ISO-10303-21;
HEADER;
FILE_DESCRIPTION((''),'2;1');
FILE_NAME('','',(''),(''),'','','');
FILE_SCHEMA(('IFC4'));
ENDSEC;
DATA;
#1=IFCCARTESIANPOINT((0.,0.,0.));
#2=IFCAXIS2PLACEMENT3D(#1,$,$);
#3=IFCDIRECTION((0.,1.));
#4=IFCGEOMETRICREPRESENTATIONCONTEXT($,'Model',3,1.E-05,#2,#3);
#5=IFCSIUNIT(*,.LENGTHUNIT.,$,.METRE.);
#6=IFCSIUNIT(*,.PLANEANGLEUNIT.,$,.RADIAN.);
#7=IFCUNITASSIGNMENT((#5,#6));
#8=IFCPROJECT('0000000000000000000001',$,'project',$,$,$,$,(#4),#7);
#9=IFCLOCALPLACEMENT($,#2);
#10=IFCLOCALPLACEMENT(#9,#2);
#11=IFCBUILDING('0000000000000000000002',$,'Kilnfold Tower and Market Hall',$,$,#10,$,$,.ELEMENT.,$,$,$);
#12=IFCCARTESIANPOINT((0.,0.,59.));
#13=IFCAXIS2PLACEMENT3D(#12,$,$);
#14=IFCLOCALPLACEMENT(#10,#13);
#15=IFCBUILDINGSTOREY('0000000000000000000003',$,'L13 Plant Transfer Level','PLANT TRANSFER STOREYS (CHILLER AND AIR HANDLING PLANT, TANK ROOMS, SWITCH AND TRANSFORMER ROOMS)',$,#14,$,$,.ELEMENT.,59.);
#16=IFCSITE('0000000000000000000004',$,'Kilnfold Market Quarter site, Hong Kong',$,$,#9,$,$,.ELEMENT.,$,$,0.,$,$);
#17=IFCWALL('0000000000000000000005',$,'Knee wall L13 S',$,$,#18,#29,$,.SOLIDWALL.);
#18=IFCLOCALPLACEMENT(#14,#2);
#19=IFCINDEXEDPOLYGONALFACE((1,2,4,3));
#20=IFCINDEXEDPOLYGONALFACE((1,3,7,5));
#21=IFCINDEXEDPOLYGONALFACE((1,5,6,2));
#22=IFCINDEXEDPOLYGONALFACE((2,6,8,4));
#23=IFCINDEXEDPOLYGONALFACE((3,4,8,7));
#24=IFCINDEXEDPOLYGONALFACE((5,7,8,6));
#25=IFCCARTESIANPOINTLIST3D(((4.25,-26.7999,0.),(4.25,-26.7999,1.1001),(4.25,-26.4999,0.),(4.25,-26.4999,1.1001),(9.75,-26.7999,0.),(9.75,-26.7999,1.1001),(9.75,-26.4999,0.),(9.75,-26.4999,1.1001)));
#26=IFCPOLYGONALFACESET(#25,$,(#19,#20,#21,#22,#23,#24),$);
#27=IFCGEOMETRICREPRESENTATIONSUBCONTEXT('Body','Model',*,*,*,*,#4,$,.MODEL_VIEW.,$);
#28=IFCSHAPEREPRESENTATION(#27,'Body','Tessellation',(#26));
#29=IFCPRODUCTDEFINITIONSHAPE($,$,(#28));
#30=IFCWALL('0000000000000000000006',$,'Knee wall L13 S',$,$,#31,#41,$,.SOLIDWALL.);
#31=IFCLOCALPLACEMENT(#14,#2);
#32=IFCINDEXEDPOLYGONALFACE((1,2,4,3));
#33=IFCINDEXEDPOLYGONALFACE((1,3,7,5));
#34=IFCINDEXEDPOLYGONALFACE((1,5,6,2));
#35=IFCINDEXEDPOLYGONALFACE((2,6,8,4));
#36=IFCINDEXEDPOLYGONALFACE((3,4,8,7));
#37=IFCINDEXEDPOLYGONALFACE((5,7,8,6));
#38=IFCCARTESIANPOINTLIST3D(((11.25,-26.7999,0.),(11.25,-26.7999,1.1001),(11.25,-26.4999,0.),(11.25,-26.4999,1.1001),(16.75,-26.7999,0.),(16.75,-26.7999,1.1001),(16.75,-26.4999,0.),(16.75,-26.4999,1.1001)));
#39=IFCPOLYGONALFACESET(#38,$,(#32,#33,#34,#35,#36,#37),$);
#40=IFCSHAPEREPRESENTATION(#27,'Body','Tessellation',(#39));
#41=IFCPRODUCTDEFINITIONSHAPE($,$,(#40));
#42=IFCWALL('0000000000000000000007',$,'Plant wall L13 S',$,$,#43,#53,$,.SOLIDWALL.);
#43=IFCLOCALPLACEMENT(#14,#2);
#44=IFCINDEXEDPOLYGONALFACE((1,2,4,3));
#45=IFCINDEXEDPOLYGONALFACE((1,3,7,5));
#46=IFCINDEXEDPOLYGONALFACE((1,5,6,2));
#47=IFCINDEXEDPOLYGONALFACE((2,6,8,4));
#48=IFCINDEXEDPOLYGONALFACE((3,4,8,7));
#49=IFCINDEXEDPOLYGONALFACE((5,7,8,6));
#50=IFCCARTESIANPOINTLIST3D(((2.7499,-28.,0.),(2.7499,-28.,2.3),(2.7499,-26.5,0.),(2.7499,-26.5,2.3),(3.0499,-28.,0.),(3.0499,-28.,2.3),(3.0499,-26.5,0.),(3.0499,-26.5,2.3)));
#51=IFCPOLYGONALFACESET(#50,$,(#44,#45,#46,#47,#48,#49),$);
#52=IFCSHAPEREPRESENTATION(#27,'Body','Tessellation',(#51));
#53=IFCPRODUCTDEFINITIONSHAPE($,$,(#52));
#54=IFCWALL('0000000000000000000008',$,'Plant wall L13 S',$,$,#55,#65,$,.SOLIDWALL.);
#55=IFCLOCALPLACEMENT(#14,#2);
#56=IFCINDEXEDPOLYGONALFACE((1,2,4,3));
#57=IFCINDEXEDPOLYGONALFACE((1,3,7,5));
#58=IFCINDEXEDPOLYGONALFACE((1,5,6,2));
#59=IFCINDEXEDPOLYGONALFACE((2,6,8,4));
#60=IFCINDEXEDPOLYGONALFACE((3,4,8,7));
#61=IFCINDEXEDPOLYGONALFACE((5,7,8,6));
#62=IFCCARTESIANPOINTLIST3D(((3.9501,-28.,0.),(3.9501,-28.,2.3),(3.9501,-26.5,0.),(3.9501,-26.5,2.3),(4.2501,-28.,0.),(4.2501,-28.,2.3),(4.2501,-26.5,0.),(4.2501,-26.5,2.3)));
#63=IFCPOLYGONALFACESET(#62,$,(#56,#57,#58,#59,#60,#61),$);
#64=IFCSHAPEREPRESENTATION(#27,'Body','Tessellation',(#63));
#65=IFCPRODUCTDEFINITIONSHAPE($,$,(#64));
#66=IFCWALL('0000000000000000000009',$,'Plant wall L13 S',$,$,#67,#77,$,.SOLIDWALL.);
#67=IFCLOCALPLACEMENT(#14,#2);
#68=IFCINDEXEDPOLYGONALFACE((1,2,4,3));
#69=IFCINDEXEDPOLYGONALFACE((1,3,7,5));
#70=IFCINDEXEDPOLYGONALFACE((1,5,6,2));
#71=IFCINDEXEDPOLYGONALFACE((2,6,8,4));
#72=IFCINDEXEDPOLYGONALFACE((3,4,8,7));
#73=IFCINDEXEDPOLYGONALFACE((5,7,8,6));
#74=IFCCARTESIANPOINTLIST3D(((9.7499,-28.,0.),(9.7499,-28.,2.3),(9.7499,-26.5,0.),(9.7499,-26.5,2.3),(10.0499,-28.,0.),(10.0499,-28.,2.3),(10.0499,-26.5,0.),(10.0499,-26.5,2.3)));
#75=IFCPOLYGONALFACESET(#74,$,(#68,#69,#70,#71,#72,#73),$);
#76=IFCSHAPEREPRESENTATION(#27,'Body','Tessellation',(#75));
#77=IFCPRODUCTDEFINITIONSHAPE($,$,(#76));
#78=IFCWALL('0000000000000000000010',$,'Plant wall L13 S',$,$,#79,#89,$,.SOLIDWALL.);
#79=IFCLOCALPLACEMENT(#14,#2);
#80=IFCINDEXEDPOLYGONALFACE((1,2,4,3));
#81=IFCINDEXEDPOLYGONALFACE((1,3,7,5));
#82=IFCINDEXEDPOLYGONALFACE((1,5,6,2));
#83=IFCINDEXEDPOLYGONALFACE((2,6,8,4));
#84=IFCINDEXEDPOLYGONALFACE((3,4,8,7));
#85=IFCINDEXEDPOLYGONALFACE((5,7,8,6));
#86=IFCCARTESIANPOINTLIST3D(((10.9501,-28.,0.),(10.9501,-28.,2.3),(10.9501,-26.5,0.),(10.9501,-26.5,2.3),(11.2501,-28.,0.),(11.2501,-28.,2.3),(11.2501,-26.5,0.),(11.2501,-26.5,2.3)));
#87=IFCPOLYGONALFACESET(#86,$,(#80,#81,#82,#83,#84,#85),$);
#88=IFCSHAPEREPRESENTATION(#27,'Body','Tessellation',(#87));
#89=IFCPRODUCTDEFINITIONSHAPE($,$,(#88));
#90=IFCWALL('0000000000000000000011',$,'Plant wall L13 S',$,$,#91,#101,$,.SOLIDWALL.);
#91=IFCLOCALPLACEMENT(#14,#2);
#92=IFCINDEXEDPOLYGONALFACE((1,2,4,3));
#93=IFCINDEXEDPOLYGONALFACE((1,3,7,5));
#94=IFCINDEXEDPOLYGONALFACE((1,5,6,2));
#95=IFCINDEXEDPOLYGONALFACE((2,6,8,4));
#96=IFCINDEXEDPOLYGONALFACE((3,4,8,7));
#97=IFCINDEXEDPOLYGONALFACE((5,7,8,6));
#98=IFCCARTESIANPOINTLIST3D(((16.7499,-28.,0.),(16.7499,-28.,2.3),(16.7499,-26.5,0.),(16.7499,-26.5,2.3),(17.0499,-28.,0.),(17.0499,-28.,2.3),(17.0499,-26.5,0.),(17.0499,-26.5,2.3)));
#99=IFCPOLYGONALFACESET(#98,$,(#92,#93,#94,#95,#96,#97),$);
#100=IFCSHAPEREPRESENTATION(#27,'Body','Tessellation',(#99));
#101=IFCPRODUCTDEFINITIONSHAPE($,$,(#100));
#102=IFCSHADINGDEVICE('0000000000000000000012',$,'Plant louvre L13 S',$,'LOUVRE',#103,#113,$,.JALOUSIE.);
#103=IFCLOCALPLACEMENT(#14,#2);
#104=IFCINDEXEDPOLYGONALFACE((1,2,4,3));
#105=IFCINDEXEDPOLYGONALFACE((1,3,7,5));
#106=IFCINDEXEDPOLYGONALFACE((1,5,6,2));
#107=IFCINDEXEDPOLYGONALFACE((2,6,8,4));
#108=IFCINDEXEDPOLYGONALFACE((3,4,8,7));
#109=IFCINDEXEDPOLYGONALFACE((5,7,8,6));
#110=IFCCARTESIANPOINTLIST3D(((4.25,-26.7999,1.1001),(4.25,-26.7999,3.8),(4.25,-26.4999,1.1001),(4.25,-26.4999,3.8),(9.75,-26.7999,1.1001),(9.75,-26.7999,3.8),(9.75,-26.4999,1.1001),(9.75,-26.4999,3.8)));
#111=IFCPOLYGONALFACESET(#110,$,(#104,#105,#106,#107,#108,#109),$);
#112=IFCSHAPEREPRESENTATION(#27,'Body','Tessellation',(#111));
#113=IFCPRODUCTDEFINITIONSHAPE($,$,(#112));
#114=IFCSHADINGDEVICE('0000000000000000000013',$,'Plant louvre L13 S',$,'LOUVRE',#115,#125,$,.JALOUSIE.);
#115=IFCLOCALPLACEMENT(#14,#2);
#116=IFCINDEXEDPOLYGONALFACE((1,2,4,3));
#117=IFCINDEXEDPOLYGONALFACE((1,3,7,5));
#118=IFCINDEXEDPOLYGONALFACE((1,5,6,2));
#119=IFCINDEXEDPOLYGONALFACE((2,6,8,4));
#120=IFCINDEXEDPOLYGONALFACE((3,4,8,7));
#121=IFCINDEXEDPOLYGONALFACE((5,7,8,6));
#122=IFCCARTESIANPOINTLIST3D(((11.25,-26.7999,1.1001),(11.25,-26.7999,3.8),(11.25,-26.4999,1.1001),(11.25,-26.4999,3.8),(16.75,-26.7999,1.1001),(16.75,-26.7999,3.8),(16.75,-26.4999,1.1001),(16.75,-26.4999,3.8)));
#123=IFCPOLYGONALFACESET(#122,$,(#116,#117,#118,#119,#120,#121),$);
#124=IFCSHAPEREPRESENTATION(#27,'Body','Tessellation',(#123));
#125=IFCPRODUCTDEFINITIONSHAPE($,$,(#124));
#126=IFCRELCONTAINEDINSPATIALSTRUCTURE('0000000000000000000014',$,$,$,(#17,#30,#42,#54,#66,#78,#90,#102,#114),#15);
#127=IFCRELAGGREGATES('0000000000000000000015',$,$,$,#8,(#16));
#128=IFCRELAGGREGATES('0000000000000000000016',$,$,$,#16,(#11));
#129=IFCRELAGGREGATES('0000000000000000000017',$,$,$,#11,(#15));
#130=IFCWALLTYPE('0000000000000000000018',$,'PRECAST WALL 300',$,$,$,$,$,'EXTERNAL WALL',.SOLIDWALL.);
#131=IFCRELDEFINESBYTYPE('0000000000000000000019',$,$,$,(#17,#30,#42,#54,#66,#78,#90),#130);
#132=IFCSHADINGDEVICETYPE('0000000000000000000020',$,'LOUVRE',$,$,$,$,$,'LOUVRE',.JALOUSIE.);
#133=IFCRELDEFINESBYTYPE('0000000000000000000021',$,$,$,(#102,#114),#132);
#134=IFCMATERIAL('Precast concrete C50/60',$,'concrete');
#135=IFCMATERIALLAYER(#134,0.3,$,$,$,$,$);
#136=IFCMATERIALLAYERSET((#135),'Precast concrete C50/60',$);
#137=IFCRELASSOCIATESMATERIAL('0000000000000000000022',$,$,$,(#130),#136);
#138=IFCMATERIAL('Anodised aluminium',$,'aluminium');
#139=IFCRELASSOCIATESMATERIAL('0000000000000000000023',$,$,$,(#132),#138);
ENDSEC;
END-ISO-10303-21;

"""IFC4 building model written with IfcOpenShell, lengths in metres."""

from ifc_helpers import new_model, si_unit, direction, frame, frame_2d, origin, origin_2d, place, context, subcontext, project, spatial, rectangle, extrude, source, transform, mapped, material, layer, layer_set, type_object, element, save


model = new_model("IFC4")

# Units and contexts
model_context = context("Model", 3, precision=1e-05, world=origin(), true_north=direction((0.0, 1.0)))
body_context = subcontext(model_context, "Body", "Model", "MODEL_VIEW")
ifc_project = project(units=[si_unit("LENGTHUNIT", "METRE"), si_unit("PLANEANGLEUNIT", "RADIAN")], contexts=[model_context])

# Site, building, storey
site_placement = place(None, origin())
site = spatial("IfcSite", under=ifc_project, at=site_placement, Name="Kilnfold Market Quarter site, Hong Kong", CompositionType="ELEMENT", RefElevation=0.0)
building_placement = place(site_placement, origin())
building = spatial("IfcBuilding", under=site, at=building_placement, Name="Kilnfold Tower and Market Hall", CompositionType="ELEMENT")
storey_placement = place(building_placement, frame((0.0, 0.0, 59.0)))
storey = spatial("IfcBuildingStorey", under=building, at=storey_placement, Name="L13 Plant Transfer Level", Description="PLANT TRANSFER STOREYS (CHILLER AND AIR HANDLING PLANT, TANK ROOMS, SWITCH AND TRANSFORMER ROOMS)", CompositionType="ELEMENT", Elevation=59.0)

# Walls
ifc_material_1 = material(Name="Precast concrete C50/60", Category="concrete")
ifc_layer_1 = layer(ifc_material_1, 0.3)
ifc_layer_set_1 = layer_set([ifc_layer_1], Name="Precast concrete C50/60")
wall_type_1 = type_object("IfcWallType", Name="PRECAST WALL 300", ElementType="EXTERNAL WALL", PredefinedType="SOLIDWALL", material=ifc_layer_set_1)
shared_shape_1 = source(origin(), body_context, "Body", "SweptSolid", [
    extrude(rectangle(XDim=5.5, YDim=0.3, at=frame_2d((2.75, 0.0))), origin(), (0.0, 0.0, 1.0), 1.1001),
])
for number, where, z_axis, x_axis, name in (
    (1, (4.25, -26.6499, 0.0), (0.0, 0.0, 1.0), (1.0, 0.0, 0.0), "Knee wall L13 S"),
    (2, (11.25, -26.6499, 0.0), (0.0, 0.0, 1.0), (1.0, 0.0, 0.0), "Knee wall L13 S"),
):
    element("IfcWall", number, at=place(storey_placement, frame(where, z_axis=z_axis, x_axis=x_axis)), inside=storey, type_object=wall_type_1, Name=name, PredefinedType="SOLIDWALL", context=body_context, shape_type="MappedRepresentation", body=[
        mapped(shared_shape_1, transform((0.0, 0.0, 0.0))),
    ])
shared_shape_2 = source(origin(), body_context, "Body", "SweptSolid", [
    extrude(rectangle(XDim=1.5, YDim=0.3, at=frame_2d((0.75, 0.0))), origin(), (0.0, 0.0, 1.0), 2.3),
])
for number, where, z_axis, x_axis, name in (
    (3, (2.8999, -28.0, 0.0), (0.0, 0.0, 1.0), (0.0, 1.0, 0.0), "Plant wall L13 S"),
    (4, (4.1001, -28.0, 0.0), (0.0, 0.0, 1.0), (0.0, 1.0, 0.0), "Plant wall L13 S"),
    (5, (9.8999, -28.0, 0.0), (0.0, 0.0, 1.0), (0.0, 1.0, 0.0), "Plant wall L13 S"),
    (6, (11.1001, -28.0, 0.0), (0.0, 0.0, 1.0), (0.0, 1.0, 0.0), "Plant wall L13 S"),
    (7, (16.8999, -28.0, 0.0), (0.0, 0.0, 1.0), (0.0, 1.0, 0.0), "Plant wall L13 S"),
):
    element("IfcWall", number, at=place(storey_placement, frame(where, z_axis=z_axis, x_axis=x_axis)), inside=storey, type_object=wall_type_1, Name=name, PredefinedType="SOLIDWALL", context=body_context, shape_type="MappedRepresentation", body=[
        mapped(shared_shape_2, transform((0.0, 0.0, 0.0))),
    ])

# Shading devices
ifc_material_2 = material(Name="Anodised aluminium", Category="aluminium")
shading_device_type = type_object("IfcShadingDeviceType", Name="LOUVRE", ElementType="LOUVRE", PredefinedType="JALOUSIE", material=ifc_material_2)
shared_shape_3 = source(origin(), body_context, "Body", "SweptSolid", [
    extrude(rectangle(XDim=5.5, YDim=0.3, at=origin_2d()), origin(), (0.0, 0.0, 1.0), 2.7),
])
for number, where, z_axis, x_axis, name in (
    (8, (7.0, -26.6499, 1.1001), (0.0, 0.0, 1.0), (1.0, 0.0, 0.0), "Plant louvre L13 S"),
    (9, (14.0, -26.6499, 1.1001), (0.0, 0.0, 1.0), (1.0, 0.0, 0.0), "Plant louvre L13 S"),
):
    element("IfcShadingDevice", number, at=place(storey_placement, frame(where, z_axis=z_axis, x_axis=x_axis)), inside=storey, type_object=shading_device_type, Name=name, ObjectType="LOUVRE", PredefinedType="JALOUSIE", context=body_context, shape_type="MappedRepresentation", body=[
        mapped(shared_shape_3, transform((0.0, 0.0, 0.0))),
    ])

save(model, "model.ifc")
